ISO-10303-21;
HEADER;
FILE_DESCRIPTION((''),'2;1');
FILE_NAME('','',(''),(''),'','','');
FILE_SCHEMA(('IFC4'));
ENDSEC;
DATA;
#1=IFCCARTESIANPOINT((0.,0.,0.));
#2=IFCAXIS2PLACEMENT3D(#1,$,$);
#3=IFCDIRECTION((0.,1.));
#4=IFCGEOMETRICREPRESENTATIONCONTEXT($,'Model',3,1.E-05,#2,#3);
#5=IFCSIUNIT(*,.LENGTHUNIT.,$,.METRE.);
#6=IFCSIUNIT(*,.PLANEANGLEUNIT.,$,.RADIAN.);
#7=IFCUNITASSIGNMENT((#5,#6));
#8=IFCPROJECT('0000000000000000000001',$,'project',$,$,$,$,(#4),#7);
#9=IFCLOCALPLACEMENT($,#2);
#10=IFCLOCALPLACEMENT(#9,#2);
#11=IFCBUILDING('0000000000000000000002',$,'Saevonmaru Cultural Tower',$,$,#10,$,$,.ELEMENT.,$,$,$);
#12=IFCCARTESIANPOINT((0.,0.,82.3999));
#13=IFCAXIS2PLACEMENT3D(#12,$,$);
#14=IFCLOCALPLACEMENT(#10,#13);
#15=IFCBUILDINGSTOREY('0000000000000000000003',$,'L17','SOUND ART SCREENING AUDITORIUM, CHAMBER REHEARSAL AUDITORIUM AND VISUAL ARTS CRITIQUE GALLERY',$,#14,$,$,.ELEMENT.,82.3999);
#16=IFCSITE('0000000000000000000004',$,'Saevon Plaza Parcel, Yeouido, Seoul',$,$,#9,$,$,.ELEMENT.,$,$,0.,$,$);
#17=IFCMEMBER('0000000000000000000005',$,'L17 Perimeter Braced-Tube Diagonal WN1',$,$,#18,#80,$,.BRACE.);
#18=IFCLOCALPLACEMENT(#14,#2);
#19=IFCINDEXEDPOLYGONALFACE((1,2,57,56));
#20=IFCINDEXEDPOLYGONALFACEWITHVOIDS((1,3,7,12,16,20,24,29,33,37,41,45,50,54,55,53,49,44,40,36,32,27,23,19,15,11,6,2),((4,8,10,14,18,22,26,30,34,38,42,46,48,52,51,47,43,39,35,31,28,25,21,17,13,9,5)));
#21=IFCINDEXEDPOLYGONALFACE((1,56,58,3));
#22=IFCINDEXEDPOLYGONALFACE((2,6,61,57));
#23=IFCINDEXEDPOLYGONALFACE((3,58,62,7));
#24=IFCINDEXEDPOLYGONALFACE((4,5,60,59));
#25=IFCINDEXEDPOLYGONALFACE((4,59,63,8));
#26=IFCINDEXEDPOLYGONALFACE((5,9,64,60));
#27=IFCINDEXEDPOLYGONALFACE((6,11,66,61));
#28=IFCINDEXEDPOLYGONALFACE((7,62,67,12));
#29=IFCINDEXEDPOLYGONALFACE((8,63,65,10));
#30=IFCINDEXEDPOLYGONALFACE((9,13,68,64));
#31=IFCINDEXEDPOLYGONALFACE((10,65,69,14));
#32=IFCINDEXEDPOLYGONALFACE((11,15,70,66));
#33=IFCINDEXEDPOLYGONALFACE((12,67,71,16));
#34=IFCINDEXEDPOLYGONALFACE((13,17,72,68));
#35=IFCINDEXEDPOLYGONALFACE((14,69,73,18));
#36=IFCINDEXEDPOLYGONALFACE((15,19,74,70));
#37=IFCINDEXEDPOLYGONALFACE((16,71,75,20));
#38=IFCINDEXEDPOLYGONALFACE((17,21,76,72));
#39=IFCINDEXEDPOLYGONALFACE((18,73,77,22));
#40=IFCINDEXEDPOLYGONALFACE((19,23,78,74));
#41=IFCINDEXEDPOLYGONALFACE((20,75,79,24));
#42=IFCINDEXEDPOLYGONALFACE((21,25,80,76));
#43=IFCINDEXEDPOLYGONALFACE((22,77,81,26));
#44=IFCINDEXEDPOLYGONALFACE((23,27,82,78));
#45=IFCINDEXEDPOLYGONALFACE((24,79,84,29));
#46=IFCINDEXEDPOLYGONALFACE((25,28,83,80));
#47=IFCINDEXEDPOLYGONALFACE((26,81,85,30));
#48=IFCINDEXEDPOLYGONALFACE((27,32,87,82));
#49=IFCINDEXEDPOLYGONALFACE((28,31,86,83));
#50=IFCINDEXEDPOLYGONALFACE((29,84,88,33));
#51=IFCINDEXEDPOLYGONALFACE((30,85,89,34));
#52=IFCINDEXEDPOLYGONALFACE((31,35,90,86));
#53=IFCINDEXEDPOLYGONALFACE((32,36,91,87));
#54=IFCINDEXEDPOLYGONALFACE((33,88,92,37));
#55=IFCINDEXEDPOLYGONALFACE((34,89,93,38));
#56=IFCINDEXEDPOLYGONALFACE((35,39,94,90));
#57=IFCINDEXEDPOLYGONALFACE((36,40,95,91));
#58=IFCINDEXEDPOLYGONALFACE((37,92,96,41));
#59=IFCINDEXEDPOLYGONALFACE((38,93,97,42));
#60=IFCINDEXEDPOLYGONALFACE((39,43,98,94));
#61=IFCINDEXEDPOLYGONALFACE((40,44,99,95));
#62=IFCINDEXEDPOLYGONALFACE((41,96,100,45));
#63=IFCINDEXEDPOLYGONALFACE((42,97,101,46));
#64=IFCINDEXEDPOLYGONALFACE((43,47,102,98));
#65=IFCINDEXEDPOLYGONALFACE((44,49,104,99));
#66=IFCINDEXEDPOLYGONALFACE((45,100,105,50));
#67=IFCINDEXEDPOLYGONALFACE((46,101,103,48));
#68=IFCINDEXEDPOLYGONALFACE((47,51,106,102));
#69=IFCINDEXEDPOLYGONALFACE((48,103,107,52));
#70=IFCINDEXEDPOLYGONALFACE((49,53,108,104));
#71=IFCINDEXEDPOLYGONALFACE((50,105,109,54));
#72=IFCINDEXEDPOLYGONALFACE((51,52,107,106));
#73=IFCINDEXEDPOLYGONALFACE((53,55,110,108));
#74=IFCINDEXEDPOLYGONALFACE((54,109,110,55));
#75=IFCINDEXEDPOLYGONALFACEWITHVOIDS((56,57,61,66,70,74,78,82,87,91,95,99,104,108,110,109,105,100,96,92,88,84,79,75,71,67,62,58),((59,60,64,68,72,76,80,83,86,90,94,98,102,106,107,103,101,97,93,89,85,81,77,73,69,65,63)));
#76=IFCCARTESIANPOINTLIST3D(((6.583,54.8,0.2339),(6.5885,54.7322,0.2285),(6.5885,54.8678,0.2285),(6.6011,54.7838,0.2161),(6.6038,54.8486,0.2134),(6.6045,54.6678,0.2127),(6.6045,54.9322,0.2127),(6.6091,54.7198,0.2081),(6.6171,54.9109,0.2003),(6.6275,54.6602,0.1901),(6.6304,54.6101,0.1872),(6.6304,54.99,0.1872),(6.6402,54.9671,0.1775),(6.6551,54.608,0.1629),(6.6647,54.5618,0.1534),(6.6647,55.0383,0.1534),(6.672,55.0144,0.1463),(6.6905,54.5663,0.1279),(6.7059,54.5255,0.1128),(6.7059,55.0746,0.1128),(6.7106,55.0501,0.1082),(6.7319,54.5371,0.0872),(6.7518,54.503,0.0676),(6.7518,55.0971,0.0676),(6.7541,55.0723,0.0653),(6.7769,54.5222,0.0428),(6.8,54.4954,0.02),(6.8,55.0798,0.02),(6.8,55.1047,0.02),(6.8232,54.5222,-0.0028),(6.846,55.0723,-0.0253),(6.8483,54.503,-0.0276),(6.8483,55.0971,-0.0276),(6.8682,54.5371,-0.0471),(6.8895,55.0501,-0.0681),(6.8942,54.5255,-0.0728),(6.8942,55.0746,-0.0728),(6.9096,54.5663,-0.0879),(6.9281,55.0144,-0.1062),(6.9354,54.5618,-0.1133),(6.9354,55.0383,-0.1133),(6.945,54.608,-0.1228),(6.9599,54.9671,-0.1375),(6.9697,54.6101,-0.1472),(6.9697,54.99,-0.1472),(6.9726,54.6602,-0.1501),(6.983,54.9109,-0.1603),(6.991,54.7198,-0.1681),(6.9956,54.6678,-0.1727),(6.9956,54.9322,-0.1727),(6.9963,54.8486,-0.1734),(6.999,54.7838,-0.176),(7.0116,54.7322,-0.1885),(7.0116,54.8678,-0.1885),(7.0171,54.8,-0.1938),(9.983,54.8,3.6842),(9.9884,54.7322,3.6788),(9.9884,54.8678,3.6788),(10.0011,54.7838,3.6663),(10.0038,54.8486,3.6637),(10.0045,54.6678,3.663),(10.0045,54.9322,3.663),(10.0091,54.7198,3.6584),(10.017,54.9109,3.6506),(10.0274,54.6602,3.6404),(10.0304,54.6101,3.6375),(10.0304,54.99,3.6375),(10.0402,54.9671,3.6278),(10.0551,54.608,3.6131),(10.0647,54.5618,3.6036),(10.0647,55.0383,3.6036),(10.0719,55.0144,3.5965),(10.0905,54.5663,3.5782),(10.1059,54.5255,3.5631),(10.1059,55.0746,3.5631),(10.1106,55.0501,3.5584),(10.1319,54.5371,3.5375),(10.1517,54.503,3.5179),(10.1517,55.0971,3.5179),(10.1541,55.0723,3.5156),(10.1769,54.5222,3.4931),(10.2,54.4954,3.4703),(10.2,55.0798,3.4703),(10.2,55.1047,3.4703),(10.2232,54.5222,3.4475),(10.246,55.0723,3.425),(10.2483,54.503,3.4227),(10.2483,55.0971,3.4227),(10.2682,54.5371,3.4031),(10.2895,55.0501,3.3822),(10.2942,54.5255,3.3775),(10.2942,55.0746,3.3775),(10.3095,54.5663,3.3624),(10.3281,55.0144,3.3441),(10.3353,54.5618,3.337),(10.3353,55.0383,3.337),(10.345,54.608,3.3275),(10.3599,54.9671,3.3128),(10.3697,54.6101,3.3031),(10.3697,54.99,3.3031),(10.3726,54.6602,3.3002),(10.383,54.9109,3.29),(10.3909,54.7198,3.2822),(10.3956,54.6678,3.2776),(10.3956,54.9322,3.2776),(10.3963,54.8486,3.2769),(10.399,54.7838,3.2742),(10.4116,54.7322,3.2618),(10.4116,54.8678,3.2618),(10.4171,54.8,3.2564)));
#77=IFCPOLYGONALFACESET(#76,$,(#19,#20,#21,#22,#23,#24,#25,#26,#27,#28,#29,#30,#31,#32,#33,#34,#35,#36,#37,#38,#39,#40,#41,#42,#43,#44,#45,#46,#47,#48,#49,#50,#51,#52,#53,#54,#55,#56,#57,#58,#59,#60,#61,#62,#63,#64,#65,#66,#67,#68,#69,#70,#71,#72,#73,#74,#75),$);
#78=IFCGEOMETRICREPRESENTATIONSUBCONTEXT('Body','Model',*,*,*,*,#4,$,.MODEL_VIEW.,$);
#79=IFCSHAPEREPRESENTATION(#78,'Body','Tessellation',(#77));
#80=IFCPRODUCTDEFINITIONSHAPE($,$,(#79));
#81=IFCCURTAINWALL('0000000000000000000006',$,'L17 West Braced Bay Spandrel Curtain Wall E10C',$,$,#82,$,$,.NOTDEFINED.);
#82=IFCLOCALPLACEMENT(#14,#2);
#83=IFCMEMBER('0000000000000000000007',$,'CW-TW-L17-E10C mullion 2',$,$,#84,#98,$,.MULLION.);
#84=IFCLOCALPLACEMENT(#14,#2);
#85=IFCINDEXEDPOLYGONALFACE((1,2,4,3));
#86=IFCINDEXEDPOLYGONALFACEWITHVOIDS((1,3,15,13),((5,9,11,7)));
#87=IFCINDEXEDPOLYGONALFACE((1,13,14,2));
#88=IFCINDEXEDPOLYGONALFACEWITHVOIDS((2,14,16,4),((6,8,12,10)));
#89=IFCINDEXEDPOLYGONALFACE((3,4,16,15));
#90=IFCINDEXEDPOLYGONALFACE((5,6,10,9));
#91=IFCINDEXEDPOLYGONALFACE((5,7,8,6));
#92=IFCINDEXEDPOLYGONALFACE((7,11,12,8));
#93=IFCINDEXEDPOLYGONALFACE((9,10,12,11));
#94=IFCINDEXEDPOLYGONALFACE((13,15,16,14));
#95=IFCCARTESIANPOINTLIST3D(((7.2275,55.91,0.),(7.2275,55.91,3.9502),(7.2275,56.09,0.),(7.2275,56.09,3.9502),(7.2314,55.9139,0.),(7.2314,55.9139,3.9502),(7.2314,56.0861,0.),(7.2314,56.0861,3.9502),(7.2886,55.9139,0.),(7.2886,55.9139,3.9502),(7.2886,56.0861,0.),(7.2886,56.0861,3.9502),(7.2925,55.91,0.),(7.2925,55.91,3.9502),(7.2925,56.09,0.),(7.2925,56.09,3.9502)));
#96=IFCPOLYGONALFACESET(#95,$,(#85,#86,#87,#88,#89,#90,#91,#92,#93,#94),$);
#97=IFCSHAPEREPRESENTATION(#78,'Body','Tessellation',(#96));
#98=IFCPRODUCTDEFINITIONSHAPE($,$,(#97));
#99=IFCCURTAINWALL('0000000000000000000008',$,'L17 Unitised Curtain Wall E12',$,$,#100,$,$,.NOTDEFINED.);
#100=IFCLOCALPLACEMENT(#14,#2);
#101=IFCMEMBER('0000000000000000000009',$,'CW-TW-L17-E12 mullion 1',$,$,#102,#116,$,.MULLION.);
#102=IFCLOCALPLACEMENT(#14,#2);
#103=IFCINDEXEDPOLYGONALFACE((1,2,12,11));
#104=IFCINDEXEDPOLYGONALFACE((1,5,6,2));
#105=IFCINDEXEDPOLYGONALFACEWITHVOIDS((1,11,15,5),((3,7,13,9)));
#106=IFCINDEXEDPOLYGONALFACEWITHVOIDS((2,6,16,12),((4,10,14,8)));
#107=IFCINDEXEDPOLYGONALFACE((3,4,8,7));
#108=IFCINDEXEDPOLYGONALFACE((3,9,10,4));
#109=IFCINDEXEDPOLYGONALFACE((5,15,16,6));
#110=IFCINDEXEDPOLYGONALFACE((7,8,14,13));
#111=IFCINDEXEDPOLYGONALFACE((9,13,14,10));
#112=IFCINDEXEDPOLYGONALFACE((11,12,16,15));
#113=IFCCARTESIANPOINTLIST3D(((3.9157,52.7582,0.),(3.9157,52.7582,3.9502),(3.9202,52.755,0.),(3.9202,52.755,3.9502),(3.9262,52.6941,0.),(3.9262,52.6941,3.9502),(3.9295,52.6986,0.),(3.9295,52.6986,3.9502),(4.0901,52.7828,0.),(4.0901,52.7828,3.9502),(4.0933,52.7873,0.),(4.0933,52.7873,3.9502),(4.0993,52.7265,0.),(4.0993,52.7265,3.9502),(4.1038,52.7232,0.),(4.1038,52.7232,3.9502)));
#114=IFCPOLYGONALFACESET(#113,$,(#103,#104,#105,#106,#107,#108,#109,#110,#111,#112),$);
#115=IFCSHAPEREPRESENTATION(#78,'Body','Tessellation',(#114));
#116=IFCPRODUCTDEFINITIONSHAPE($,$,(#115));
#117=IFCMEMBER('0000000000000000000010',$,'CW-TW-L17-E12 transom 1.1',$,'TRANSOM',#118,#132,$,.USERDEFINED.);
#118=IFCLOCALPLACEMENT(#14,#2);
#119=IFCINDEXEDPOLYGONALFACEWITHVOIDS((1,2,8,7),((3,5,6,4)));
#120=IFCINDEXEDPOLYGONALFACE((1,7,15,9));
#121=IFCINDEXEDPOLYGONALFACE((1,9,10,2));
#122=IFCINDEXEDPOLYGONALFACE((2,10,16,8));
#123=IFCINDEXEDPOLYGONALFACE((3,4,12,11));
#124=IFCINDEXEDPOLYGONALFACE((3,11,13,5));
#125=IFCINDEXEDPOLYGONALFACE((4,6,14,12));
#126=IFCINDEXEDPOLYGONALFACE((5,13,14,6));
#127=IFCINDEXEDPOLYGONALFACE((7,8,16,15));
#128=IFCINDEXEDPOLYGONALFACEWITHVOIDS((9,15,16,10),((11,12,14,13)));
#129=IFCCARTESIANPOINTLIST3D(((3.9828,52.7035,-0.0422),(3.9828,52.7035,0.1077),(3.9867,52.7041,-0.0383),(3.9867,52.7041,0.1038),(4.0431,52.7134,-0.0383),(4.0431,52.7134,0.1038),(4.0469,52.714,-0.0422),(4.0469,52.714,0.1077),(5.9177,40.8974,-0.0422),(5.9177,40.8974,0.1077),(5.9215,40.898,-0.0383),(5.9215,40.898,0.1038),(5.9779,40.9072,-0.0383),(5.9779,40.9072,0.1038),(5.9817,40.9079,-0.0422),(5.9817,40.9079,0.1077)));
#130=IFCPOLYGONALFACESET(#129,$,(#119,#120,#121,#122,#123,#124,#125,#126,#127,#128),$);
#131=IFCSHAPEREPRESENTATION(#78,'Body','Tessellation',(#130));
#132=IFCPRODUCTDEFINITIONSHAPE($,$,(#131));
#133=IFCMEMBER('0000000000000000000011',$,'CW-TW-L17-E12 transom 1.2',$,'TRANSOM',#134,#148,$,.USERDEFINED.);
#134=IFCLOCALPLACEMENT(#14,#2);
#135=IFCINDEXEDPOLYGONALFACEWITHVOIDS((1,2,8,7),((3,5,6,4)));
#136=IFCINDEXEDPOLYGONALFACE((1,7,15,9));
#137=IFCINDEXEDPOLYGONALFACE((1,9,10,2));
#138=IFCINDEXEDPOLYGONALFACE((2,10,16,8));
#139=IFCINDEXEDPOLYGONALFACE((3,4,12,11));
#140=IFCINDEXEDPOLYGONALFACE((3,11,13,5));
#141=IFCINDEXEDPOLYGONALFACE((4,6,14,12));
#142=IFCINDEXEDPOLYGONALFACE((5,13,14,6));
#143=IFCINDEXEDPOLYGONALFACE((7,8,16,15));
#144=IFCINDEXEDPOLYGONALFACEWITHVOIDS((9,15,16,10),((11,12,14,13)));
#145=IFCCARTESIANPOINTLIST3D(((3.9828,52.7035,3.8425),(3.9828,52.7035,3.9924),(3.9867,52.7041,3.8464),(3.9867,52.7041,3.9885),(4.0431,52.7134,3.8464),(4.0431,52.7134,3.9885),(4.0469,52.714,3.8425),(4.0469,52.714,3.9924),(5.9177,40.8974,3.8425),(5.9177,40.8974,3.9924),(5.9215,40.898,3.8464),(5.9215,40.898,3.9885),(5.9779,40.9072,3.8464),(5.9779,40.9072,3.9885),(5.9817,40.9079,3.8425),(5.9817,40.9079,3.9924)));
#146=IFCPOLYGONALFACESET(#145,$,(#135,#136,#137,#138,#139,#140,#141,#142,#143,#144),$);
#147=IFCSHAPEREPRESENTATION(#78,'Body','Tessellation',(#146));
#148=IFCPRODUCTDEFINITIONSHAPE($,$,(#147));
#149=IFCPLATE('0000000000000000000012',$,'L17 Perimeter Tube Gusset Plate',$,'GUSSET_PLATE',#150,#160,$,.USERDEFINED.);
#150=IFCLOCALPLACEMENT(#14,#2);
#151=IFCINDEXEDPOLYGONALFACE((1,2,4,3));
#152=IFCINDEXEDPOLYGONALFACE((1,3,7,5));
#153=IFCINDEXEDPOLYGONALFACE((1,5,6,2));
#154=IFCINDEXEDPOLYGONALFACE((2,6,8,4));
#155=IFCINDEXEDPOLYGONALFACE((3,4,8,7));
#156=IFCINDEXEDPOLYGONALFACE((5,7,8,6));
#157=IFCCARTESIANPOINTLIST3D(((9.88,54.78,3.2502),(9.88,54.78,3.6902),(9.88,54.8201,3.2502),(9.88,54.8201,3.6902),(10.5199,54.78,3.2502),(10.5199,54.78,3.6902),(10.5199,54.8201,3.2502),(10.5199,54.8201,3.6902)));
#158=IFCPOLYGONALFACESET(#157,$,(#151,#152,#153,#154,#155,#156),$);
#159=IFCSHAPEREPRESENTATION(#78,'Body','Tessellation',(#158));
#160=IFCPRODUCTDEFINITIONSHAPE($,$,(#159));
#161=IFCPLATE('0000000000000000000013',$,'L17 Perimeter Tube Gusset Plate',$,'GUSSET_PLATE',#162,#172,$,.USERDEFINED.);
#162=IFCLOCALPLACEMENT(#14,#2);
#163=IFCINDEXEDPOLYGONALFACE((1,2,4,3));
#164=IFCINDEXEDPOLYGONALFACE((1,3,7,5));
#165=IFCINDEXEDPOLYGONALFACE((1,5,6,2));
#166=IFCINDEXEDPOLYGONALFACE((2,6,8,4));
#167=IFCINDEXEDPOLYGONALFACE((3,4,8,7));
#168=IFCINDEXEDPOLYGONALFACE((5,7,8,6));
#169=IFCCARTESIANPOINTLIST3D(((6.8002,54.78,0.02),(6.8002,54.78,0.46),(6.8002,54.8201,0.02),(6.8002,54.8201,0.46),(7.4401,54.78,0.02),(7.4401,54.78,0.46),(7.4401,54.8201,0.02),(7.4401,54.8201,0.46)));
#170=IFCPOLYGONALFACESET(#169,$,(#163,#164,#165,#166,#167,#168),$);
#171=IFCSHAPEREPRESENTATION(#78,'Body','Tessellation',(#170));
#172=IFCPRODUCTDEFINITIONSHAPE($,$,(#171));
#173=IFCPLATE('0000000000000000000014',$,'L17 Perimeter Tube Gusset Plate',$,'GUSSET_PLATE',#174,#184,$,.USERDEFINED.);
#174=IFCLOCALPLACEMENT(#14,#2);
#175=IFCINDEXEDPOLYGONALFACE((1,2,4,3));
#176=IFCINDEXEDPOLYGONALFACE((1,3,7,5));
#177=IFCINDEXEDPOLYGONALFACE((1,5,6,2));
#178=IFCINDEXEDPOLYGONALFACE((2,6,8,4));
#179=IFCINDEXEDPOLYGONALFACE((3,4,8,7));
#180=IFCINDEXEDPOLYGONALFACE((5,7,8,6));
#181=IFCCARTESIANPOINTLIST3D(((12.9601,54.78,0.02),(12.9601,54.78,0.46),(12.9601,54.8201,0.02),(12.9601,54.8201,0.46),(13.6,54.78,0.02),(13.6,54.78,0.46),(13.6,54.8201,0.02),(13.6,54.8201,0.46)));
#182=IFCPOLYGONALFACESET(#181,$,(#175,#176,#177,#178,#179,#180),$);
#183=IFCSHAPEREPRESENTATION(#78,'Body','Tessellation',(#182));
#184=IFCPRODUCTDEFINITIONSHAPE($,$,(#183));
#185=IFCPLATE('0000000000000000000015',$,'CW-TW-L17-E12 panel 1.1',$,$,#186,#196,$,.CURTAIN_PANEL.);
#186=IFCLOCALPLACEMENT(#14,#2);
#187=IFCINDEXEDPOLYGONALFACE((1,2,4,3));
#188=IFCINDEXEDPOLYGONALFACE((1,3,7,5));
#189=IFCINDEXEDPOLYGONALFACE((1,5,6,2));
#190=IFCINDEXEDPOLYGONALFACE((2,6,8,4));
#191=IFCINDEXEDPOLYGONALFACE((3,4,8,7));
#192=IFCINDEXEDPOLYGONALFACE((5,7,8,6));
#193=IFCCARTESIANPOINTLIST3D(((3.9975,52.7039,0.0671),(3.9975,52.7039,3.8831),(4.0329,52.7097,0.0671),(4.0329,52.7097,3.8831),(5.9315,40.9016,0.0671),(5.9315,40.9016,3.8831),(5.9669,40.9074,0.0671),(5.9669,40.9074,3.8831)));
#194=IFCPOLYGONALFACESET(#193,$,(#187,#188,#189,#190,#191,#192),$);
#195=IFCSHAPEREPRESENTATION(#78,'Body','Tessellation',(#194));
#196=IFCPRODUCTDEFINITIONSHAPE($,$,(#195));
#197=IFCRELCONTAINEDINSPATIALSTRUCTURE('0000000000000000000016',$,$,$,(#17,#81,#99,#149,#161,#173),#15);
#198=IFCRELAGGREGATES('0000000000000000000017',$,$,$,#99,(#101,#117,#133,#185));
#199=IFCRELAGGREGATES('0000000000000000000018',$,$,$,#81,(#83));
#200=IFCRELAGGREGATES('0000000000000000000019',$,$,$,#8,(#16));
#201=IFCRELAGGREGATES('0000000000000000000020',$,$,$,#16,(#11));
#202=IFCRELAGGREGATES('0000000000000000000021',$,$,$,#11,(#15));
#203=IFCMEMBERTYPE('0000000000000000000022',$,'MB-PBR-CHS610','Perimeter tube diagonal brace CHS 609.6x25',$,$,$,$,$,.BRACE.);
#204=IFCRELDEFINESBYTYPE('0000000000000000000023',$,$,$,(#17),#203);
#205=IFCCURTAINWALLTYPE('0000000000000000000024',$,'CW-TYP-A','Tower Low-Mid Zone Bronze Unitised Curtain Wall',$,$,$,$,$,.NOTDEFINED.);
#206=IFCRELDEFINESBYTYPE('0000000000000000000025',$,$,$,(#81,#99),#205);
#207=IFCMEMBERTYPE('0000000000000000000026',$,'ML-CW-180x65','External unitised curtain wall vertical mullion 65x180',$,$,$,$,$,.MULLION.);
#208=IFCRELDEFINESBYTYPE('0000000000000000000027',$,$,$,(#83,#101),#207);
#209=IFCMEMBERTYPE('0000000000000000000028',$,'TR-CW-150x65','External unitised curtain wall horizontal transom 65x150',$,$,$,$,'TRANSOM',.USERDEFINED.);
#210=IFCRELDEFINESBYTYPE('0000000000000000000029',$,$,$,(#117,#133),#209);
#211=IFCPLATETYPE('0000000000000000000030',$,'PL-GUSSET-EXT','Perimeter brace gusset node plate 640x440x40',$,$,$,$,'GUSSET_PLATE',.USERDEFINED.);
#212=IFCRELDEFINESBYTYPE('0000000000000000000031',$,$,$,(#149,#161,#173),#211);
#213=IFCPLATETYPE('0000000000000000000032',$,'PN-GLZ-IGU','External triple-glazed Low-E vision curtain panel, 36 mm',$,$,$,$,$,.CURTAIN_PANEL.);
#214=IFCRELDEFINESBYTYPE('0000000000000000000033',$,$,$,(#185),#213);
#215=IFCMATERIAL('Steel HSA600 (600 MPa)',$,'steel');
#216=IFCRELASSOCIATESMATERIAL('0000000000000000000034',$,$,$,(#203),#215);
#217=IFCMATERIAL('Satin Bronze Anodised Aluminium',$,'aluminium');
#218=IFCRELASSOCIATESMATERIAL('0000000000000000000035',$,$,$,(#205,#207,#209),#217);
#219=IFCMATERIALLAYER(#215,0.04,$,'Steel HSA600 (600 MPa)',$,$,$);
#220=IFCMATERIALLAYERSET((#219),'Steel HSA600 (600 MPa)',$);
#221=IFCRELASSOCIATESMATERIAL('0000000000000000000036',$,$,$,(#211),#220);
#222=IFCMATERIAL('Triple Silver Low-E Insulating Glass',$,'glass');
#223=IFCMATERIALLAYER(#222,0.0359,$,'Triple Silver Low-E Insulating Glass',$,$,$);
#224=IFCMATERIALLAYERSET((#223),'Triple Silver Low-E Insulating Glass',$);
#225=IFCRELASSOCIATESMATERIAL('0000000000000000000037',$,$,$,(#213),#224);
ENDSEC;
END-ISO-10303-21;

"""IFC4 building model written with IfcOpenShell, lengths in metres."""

from ifc_helpers import new_model, si_unit, direction, frame, origin, origin_2d, place, context, subcontext, project, spatial, rectangle, hollow_rectangle, hollow_circle, extrude, material, layer, layer_set, material_profile, profile_set, type_object, element, aggregate, save


model = new_model("IFC4")

# Units and contexts
model_context = context("Model", 3, precision=1e-05, world=origin(), true_north=direction((0.0, 1.0)))
body_context = subcontext(model_context, "Body", "Model", "MODEL_VIEW")
ifc_project = project(units=[si_unit("LENGTHUNIT", "METRE"), si_unit("PLANEANGLEUNIT", "RADIAN")], contexts=[model_context])

# Site, building, storey
site_placement = place(None, origin())
site = spatial("IfcSite", under=ifc_project, at=site_placement, Name="Saevon Plaza Parcel, Yeouido, Seoul", CompositionType="ELEMENT", RefElevation=0.0)
building_placement = place(site_placement, origin())
building = spatial("IfcBuilding", under=site, at=building_placement, Name="Saevonmaru Cultural Tower", CompositionType="ELEMENT")
storey_placement = place(building_placement, frame((0.0, 0.0, 82.3999)))
storey = spatial("IfcBuildingStorey", under=building, at=storey_placement, Name="L17", Description="SOUND ART SCREENING AUDITORIUM, CHAMBER REHEARSAL AUDITORIUM AND VISUAL ARTS CRITIQUE GALLERY", CompositionType="ELEMENT", Elevation=82.3999)

# Shared definitions
ifc_material_1 = material(Name="Steel HSA600 (600 MPa)", Category="steel")

# Member
ifc_material_profile_1 = material_profile(ifc_material_1, hollow_circle(Radius=0.3047, WallThickness=0.0249, at=origin_2d()), Name="CHS-609.6x25")
ifc_profile_set_1 = profile_set([ifc_material_profile_1], Name="Steel HSA600 (600 MPa)")
member_type_1 = type_object("IfcMemberType", Name="MB-PBR-CHS610", Description="Perimeter tube diagonal brace CHS 609.6x25", PredefinedType="BRACE", material=ifc_profile_set_1)
member_1_placement = place(storey_placement, frame((6.8, 54.8, 0.02), z_axis=(0.701896, 0.0, 0.712279), x_axis=(0.0, 1.0, 0.0)))
element("IfcMember", 1, at=member_1_placement, inside=storey, type_object=member_type_1, Name="L17 Perimeter Braced-Tube Diagonal WN1", PredefinedType="BRACE", context=body_context, shape_type="SweptSolid", body=[
    extrude(hollow_circle(Radius=0.3047, WallThickness=0.0249, at=origin_2d()), origin(), (0.0, 0.0, 1.0), 4.844),
])

# Curtain wall, member
ifc_material_2 = material(Name="Satin Bronze Anodised Aluminium", Category="aluminium")
curtain_wall_type = type_object("IfcCurtainWallType", Name="CW-TYP-A", Description="Tower Low-Mid Zone Bronze Unitised Curtain Wall", PredefinedType="NOTDEFINED", material=ifc_material_2)
curtain_wall_1_placement = place(storey_placement, origin())
curtain_wall_1 = element("IfcCurtainWall", 2, at=curtain_wall_1_placement, inside=storey, type_object=curtain_wall_type, Name="L17 West Braced Bay Spandrel Curtain Wall E10C", PredefinedType="NOTDEFINED")
ifc_material_profile_2 = material_profile(ifc_material_2, hollow_rectangle(XDim=0.0649, YDim=0.1799, WallThickness=0.0039, at=origin_2d()), Name="ALU-MULL-180x65x4")
ifc_profile_set_2 = profile_set([ifc_material_profile_2], Name="Satin Bronze Anodised Aluminium")
member_type_2 = type_object("IfcMemberType", Name="ML-CW-180x65", Description="External unitised curtain wall vertical mullion 65x180", PredefinedType="MULLION", material=ifc_profile_set_2)
member_2_placement = place(storey_placement, frame((7.26, 56.0, 0.0), z_axis=(0.0, 0.0, 1.0), x_axis=(-1.0, 0.0, 0.0)))
member_2 = element("IfcMember", 3, at=member_2_placement, type_object=member_type_2, Name="CW-TW-L17-E10C mullion 2", PredefinedType="MULLION", context=body_context, shape_type="SweptSolid", body=[
    extrude(hollow_rectangle(XDim=0.0649, YDim=0.1799, WallThickness=0.0039, at=origin_2d()), origin(), (0.0, 0.0, 1.0), 3.9502),
])

# Curtain wall, members
curtain_wall_2_placement = place(storey_placement, origin())
curtain_wall_2 = element("IfcCurtainWall", 4, at=curtain_wall_2_placement, inside=storey, type_object=curtain_wall_type, Name="L17 Unitised Curtain Wall E12", PredefinedType="NOTDEFINED")
member_3_placement = place(storey_placement, frame((4.0098, 52.7407, 0.0), z_axis=(0.0, 0.0, 1.0), x_axis=(0.161709, -0.986839, 0.0)))
member_3 = element("IfcMember", 5, at=member_3_placement, type_object=member_type_2, Name="CW-TW-L17-E12 mullion 1", PredefinedType="MULLION", context=body_context, shape_type="SweptSolid", body=[
    extrude(hollow_rectangle(XDim=0.0649, YDim=0.1799, WallThickness=0.0039, at=origin_2d()), origin(), (0.0, 0.0, 1.0), 3.9502),
])
ifc_material_profile_3 = material_profile(ifc_material_2, hollow_rectangle(XDim=0.0649, YDim=0.1499, WallThickness=0.0039, at=origin_2d()), Name="ALU-TRAN-150x65x4")
ifc_profile_set_3 = profile_set([ifc_material_profile_3], Name="Satin Bronze Anodised Aluminium")
member_type_3 = type_object("IfcMemberType", Name="TR-CW-150x65", Description="External unitised curtain wall horizontal transom 65x150", ElementType="TRANSOM", PredefinedType="USERDEFINED", material=ifc_profile_set_3)
member_4_placement = place(storey_placement, frame((4.0149, 52.7087, 0.0327), z_axis=(0.161725, -0.986836, 0.0), x_axis=(0.986836, 0.161725, 0.0)))
member_4 = element("IfcMember", 6, at=member_4_placement, type_object=member_type_3, Name="CW-TW-L17-E12 transom 1.1", ObjectType="TRANSOM", PredefinedType="USERDEFINED", context=body_context, shape_type="SweptSolid", body=[
    extrude(hollow_rectangle(XDim=0.0649, YDim=0.1499, WallThickness=0.0039, at=origin_2d()), origin(), (0.0, 0.0, 1.0), 11.9636),
])
member_5_placement = place(storey_placement, frame((4.0149, 52.7087, 3.9175), z_axis=(0.161725, -0.986836, 0.0), x_axis=(0.986836, 0.161725, 0.0)))
member_5 = element("IfcMember", 7, at=member_5_placement, type_object=member_type_3, Name="CW-TW-L17-E12 transom 1.2", ObjectType="TRANSOM", PredefinedType="USERDEFINED", context=body_context, shape_type="SweptSolid", body=[
    extrude(hollow_rectangle(XDim=0.0649, YDim=0.1499, WallThickness=0.0039, at=origin_2d()), origin(), (0.0, 0.0, 1.0), 11.9636),
])

# Plates
ifc_layer_1 = layer(ifc_material_1, 0.04, Name="Steel HSA600 (600 MPa)")
ifc_layer_set_1 = layer_set([ifc_layer_1], Name="Steel HSA600 (600 MPa)")
plate_type_1 = type_object("IfcPlateType", Name="PL-GUSSET-EXT", Description="Perimeter brace gusset node plate 640x440x40", ElementType="GUSSET_PLATE", PredefinedType="USERDEFINED", material=ifc_layer_set_1)
for number, where, z_axis, x_axis, name in (
    (8, (10.2, 54.8, 3.2502), (0.0, 0.0, 1.0), (1.0, 0.0, 0.0), "L17 Perimeter Tube Gusset Plate"),
    (9, (7.1201, 54.8, 0.02), (0.0, 0.0, 1.0), (1.0, 0.0, 0.0), "L17 Perimeter Tube Gusset Plate"),
    (10, (13.28, 54.8, 0.02), (0.0, 0.0, 1.0), (1.0, 0.0, 0.0), "L17 Perimeter Tube Gusset Plate"),
):
    element("IfcPlate", number, at=place(storey_placement, frame(where, z_axis=z_axis, x_axis=x_axis)), inside=storey, type_object=plate_type_1, Name=name, ObjectType="GUSSET_PLATE", PredefinedType="USERDEFINED", context=body_context, shape_type="SweptSolid", body=[
        extrude(rectangle(XDim=0.6399, YDim=0.04, at=origin_2d()), origin(), (0.0, 0.0, 1.0), 0.4399),
    ])

# Plate
ifc_material_3 = material(Name="Triple Silver Low-E Insulating Glass", Category="glass")
ifc_layer_2 = layer(ifc_material_3, 0.0359, Name="Triple Silver Low-E Insulating Glass")
ifc_layer_set_2 = layer_set([ifc_layer_2], Name="Triple Silver Low-E Insulating Glass")
plate_type_2 = type_object("IfcPlateType", Name="PN-GLZ-IGU", Description="External triple-glazed Low-E vision curtain panel, 36 mm", PredefinedType="CURTAIN_PANEL", material=ifc_layer_set_2)
plate_1_placement = place(storey_placement, frame((4.9822, 46.8057, 0.0671), z_axis=(0.0, 0.0, 1.0), x_axis=(0.161709, -0.986839, 0.0)))
plate_1 = element("IfcPlate", 11, at=plate_1_placement, type_object=plate_type_2, Name="CW-TW-L17-E12 panel 1.1", PredefinedType="CURTAIN_PANEL", context=body_context, shape_type="SweptSolid", body=[
    extrude(rectangle(XDim=11.9597, YDim=0.0359, at=origin_2d()), origin(), (0.0, 0.0, 1.0), 3.8159),
])
aggregate(curtain_wall_2, [member_3, member_4, member_5, plate_1])
aggregate(curtain_wall_1, [member_2])

save(model, "model.ifc")
